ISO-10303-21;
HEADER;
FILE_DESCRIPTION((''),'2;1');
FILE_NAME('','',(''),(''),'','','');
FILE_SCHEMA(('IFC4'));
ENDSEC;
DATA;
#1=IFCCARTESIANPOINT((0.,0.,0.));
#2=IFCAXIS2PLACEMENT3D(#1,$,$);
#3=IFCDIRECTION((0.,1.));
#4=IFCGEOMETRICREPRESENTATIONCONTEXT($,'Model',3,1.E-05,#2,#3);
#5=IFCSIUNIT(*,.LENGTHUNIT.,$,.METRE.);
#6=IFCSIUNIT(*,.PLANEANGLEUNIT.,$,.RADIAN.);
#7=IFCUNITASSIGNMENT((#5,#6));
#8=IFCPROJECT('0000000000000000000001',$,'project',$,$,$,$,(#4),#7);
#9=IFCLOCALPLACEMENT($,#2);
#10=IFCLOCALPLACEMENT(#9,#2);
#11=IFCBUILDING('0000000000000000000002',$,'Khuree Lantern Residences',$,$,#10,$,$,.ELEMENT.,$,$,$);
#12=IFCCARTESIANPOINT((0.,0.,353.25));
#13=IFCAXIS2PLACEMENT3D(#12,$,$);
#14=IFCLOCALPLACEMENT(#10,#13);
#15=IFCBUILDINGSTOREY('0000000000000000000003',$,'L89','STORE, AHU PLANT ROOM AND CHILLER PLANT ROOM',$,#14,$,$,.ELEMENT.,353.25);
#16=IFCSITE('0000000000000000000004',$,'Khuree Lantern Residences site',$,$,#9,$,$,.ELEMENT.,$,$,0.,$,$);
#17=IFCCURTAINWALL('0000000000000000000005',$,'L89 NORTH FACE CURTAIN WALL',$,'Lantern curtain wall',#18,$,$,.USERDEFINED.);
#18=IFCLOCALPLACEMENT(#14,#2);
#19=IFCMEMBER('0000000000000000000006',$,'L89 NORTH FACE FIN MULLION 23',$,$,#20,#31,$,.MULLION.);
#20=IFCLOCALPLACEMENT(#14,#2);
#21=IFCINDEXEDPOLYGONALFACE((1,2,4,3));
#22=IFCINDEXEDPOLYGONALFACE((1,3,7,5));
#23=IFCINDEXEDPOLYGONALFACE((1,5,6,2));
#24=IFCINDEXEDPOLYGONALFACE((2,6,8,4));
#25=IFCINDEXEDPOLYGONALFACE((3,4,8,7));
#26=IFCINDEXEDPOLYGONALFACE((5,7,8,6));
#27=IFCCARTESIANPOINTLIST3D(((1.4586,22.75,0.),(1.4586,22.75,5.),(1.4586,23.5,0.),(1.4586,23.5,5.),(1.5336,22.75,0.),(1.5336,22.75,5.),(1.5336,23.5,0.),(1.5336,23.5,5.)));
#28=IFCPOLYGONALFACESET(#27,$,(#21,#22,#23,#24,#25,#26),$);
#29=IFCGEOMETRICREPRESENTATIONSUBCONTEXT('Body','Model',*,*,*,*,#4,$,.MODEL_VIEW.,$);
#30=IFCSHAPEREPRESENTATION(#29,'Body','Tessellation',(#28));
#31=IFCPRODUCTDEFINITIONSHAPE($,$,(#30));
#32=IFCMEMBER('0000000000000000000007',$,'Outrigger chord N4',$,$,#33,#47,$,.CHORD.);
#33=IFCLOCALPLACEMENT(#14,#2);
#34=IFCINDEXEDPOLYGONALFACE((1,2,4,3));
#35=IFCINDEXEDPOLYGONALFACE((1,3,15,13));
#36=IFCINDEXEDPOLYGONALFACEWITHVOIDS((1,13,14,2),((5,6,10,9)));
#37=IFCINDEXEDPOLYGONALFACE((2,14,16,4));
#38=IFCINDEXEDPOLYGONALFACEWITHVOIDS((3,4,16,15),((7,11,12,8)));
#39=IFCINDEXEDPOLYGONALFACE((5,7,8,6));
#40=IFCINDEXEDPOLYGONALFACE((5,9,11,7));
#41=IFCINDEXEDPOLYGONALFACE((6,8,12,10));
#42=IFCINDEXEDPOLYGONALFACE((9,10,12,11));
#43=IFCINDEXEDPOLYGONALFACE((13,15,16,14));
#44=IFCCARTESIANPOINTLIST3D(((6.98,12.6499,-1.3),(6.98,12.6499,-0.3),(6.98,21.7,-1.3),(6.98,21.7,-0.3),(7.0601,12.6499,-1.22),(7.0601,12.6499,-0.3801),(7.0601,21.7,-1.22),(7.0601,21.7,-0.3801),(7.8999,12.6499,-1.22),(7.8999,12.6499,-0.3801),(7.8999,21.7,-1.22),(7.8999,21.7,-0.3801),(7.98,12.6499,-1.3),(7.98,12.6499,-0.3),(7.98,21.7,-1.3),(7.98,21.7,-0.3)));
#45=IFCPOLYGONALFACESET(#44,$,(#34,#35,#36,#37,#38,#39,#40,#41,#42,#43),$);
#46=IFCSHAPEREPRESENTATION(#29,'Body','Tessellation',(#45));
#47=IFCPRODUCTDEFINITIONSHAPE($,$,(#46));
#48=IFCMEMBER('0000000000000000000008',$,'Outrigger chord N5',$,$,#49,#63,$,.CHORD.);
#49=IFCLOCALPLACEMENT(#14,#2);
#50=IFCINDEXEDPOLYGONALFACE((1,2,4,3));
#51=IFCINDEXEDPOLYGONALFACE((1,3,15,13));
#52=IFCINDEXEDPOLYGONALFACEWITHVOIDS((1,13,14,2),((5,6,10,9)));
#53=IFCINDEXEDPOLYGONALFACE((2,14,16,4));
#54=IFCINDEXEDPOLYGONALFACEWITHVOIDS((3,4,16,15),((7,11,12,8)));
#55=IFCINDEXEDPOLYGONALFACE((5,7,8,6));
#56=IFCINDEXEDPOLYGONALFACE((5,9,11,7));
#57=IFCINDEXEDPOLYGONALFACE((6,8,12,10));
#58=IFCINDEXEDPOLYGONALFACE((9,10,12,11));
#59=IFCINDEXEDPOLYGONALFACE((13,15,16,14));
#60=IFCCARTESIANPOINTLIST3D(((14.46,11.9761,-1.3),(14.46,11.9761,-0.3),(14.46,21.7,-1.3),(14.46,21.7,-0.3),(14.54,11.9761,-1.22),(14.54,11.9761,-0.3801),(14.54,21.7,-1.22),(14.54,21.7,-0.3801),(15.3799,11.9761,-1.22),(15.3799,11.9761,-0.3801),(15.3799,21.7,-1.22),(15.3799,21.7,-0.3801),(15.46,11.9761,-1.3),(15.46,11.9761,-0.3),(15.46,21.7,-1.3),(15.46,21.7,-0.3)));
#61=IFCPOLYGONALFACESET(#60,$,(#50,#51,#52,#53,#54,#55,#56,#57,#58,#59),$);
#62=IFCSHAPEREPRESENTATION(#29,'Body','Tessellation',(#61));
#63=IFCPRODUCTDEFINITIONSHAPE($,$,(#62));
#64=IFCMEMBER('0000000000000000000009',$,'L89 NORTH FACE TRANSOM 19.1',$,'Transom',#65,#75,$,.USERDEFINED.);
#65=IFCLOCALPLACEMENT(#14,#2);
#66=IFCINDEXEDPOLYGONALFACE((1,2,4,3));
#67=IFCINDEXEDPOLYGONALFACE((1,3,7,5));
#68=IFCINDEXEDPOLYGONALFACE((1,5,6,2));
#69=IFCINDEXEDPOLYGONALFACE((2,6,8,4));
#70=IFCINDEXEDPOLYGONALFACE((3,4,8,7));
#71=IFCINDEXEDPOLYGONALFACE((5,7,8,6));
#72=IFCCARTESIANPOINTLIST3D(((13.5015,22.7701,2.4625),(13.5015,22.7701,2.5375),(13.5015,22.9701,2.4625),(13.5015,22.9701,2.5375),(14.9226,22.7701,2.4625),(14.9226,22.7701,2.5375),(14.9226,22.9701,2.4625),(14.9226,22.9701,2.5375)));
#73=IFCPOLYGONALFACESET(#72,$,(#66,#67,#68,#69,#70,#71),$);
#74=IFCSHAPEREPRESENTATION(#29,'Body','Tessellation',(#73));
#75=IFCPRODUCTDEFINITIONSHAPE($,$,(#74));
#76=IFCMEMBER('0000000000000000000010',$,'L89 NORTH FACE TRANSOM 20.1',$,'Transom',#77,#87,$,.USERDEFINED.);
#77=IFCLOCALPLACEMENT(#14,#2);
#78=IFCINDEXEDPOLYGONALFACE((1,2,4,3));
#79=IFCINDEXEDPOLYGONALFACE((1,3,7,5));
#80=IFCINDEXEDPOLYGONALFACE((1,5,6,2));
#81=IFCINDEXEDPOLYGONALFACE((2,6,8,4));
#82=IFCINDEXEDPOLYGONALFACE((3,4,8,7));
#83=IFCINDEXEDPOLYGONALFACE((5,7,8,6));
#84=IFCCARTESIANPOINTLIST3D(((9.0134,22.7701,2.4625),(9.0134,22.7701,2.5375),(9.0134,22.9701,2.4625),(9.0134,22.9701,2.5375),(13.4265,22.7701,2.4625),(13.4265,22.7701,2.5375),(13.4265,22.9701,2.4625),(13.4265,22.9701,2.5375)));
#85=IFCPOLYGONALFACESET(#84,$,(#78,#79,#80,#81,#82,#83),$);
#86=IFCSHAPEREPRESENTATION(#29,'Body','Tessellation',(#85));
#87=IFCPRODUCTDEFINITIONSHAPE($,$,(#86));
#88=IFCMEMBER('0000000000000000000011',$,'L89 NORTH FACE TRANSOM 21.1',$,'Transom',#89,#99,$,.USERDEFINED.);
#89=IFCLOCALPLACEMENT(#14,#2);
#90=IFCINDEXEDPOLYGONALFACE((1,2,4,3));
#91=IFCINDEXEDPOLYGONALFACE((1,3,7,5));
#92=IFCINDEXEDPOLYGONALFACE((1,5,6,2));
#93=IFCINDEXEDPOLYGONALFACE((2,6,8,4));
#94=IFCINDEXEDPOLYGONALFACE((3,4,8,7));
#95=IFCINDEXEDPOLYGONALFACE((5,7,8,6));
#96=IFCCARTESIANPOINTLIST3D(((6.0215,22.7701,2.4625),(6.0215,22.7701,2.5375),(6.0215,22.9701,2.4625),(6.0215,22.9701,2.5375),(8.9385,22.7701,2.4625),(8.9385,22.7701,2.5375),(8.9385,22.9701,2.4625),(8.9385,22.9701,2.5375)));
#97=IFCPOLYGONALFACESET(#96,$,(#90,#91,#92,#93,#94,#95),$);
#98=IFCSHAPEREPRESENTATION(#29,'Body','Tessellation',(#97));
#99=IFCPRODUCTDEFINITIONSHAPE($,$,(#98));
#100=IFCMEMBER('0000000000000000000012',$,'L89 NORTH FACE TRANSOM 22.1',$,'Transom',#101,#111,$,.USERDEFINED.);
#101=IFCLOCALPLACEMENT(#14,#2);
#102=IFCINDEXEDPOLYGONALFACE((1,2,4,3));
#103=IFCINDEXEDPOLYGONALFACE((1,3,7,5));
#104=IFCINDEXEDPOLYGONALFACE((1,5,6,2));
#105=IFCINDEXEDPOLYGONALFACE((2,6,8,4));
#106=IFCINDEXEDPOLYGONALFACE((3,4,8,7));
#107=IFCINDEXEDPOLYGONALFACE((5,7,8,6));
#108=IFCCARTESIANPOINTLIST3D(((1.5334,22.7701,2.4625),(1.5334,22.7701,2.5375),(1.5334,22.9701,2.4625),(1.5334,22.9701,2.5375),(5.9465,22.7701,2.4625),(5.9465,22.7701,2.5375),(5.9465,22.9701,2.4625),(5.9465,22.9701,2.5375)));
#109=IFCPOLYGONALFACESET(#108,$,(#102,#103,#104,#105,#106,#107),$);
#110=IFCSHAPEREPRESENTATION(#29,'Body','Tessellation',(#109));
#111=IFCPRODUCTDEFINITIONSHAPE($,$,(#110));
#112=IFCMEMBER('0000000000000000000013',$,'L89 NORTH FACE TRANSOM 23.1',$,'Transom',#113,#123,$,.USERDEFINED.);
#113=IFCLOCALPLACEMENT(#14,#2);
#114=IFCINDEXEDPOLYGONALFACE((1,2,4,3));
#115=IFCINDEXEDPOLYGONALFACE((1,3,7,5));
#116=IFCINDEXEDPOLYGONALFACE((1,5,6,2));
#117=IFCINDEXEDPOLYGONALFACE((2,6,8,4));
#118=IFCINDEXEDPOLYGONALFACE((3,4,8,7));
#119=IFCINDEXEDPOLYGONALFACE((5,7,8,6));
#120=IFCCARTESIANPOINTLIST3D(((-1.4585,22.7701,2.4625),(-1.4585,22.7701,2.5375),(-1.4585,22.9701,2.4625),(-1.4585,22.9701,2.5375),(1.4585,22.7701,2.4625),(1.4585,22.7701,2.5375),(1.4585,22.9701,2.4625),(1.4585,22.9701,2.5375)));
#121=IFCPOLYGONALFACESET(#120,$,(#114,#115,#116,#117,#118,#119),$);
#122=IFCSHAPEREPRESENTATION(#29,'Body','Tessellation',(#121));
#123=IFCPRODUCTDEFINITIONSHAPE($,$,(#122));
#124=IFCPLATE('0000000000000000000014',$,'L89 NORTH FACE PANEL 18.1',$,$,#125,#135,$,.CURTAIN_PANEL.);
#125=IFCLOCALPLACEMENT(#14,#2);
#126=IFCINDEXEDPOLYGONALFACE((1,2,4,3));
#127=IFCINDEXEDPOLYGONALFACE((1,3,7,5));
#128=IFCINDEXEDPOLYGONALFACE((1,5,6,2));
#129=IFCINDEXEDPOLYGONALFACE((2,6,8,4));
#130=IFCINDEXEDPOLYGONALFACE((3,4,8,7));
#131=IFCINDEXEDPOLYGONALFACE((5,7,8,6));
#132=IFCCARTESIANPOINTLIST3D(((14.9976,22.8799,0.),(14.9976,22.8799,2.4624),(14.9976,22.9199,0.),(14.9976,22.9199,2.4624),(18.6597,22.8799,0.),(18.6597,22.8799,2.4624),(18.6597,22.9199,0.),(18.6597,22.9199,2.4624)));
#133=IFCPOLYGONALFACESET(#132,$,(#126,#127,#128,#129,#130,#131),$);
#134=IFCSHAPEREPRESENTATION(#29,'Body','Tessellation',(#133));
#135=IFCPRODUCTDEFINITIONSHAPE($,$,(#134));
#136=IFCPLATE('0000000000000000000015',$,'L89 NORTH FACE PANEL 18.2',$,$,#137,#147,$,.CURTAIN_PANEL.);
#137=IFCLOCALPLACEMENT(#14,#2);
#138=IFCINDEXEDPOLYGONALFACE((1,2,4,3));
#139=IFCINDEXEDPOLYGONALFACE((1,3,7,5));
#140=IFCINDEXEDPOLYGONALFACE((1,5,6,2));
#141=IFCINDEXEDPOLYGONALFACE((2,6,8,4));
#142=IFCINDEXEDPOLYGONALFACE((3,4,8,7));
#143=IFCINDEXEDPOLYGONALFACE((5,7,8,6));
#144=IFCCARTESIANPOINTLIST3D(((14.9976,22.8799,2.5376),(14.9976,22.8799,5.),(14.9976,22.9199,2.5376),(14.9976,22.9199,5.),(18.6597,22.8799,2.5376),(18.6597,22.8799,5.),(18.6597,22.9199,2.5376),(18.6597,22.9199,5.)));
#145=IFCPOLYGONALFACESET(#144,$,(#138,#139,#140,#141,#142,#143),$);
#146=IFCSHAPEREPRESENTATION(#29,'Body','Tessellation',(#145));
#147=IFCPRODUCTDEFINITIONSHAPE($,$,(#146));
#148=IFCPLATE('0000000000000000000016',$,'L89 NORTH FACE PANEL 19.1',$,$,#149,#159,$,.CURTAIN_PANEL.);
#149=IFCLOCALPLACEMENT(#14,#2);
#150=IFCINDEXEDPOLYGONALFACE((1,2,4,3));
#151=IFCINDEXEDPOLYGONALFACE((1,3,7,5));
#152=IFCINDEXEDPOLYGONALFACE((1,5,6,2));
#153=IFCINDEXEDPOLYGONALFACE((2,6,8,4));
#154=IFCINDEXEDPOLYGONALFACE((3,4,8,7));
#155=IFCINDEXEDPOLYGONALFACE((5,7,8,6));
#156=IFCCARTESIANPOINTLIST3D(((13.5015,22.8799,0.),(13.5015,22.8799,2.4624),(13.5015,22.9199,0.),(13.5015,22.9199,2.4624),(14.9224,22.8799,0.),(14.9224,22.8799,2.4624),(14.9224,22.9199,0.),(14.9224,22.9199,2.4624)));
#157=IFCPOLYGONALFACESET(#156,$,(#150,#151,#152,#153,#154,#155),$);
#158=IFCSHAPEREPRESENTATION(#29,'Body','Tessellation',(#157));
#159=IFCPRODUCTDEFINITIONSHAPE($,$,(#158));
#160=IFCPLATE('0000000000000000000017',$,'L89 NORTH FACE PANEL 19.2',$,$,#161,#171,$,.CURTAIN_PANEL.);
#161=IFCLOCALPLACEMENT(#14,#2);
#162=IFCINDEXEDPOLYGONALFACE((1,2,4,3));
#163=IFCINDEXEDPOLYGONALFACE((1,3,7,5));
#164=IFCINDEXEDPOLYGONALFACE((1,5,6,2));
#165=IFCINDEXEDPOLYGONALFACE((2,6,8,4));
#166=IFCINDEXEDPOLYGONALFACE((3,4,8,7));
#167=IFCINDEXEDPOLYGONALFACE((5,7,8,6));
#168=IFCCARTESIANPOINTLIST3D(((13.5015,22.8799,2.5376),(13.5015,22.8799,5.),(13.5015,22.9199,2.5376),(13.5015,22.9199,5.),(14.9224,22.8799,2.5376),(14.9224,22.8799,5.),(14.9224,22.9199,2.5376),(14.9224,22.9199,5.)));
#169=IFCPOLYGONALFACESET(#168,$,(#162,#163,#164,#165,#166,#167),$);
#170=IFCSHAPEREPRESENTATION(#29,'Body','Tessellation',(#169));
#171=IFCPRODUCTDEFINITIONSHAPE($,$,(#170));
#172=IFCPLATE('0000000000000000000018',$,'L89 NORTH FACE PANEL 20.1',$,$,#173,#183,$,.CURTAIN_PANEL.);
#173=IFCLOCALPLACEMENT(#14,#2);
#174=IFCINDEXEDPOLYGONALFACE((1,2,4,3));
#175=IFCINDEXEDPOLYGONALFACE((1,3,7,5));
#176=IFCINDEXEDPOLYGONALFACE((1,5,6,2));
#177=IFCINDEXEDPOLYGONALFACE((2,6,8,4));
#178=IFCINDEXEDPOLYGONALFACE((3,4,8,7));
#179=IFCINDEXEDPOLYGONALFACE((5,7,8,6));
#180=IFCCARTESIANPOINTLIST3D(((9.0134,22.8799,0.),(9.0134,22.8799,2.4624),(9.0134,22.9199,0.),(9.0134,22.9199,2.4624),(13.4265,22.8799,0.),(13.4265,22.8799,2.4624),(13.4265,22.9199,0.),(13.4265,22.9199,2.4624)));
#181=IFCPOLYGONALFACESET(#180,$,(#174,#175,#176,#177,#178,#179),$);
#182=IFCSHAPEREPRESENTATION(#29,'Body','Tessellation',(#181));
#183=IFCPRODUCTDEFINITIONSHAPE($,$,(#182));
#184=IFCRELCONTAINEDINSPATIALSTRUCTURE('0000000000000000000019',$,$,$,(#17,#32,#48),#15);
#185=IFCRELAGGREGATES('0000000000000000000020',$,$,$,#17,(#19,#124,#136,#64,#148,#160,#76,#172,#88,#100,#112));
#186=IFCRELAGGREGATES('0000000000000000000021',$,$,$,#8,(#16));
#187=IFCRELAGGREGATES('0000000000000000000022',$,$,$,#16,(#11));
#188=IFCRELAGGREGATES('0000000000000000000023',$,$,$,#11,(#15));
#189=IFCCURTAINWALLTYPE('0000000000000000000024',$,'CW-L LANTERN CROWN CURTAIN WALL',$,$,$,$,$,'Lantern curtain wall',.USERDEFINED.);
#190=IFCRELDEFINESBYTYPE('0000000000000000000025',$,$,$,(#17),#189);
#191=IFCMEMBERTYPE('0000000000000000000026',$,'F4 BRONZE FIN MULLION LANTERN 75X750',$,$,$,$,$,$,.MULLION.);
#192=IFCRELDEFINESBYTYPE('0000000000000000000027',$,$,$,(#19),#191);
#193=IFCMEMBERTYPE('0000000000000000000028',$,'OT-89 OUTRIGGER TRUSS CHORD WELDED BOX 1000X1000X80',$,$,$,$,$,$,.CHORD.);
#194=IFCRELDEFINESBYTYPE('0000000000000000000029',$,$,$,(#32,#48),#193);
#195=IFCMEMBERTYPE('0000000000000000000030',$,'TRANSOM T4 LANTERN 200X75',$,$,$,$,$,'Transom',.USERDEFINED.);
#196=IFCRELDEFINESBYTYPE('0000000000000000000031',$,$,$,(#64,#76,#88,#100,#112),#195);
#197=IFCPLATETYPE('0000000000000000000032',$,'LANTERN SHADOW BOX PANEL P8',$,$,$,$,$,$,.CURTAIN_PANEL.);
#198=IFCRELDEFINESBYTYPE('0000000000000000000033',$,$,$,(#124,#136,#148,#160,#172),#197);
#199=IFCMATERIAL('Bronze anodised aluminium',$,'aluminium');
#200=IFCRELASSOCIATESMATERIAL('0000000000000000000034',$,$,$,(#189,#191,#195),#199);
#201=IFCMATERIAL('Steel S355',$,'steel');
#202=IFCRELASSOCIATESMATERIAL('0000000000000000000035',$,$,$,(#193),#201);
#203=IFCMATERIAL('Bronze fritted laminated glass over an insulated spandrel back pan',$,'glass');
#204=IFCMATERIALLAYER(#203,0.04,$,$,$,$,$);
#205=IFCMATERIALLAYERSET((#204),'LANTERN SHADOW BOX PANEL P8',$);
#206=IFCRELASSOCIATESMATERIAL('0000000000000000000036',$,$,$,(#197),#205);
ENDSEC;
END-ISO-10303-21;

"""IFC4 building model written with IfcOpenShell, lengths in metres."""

from ifc_helpers import new_model, si_unit, direction, frame, origin, origin_2d, place, context, subcontext, project, spatial, rectangle, hollow_rectangle, extrude, material, layer, layer_set, material_profile, profile_set, type_object, element, aggregate, save


model = new_model("IFC4")

# Units and contexts
model_context = context("Model", 3, precision=1e-05, world=origin(), true_north=direction((0.0, 1.0)))
body_context = subcontext(model_context, "Body", "Model", "MODEL_VIEW")
ifc_project = project(units=[si_unit("LENGTHUNIT", "METRE"), si_unit("PLANEANGLEUNIT", "RADIAN")], contexts=[model_context])

# Site, building, storey
site_placement = place(None, origin())
site = spatial("IfcSite", under=ifc_project, at=site_placement, Name="Khuree Lantern Residences site", CompositionType="ELEMENT", RefElevation=0.0)
building_placement = place(site_placement, origin())
building = spatial("IfcBuilding", under=site, at=building_placement, Name="Khuree Lantern Residences", CompositionType="ELEMENT")
storey_placement = place(building_placement, frame((0.0, 0.0, 353.25)))
storey = spatial("IfcBuildingStorey", under=building, at=storey_placement, Name="L89", Description="STORE, AHU PLANT ROOM AND CHILLER PLANT ROOM", CompositionType="ELEMENT", Elevation=353.25)

# Shared definitions
ifc_material_1 = material(Name="Steel S355", Category="steel")

# Curtain wall, member
ifc_material_2 = material(Name="Bronze anodised aluminium", Category="aluminium")
curtain_wall_type = type_object("IfcCurtainWallType", Name="CW-L LANTERN CROWN CURTAIN WALL", ElementType="Lantern curtain wall", PredefinedType="USERDEFINED", material=ifc_material_2)
curtain_wall_placement = place(storey_placement, origin())
curtain_wall = element("IfcCurtainWall", 1, at=curtain_wall_placement, inside=storey, type_object=curtain_wall_type, Name="L89 NORTH FACE CURTAIN WALL", ObjectType="Lantern curtain wall", PredefinedType="USERDEFINED")
ifc_material_profile_1 = material_profile(ifc_material_2, rectangle(XDim=0.075, YDim=0.75, at=origin_2d()), Name="F4 75X750")
ifc_profile_set_1 = profile_set([ifc_material_profile_1], Name="Bronze anodised aluminium")
member_type_1 = type_object("IfcMemberType", Name="F4 BRONZE FIN MULLION LANTERN 75X750", PredefinedType="MULLION", material=ifc_profile_set_1)
member_1_placement = place(storey_placement, frame((1.4961, 23.125, 0.0), z_axis=(0.0, 0.0, 1.0), x_axis=(-1.0, 0.0, 0.0)))
member_1 = element("IfcMember", 2, at=member_1_placement, type_object=member_type_1, Name="L89 NORTH FACE FIN MULLION 23", PredefinedType="MULLION", context=body_context, shape_type="SweptSolid", body=[
    extrude(rectangle(XDim=0.075, YDim=0.75, at=origin_2d()), origin(), (0.0, 0.0, 1.0), 5.0),
])

# Members
ifc_material_profile_2 = material_profile(ifc_material_1, hollow_rectangle(XDim=1.0, YDim=1.0, WallThickness=0.0801, at=origin_2d()), Name="WELDED BOX 1000X1000X80")
ifc_profile_set_2 = profile_set([ifc_material_profile_2], Name="Steel S355")
member_type_2 = type_object("IfcMemberType", Name="OT-89 OUTRIGGER TRUSS CHORD WELDED BOX 1000X1000X80", PredefinedType="CHORD", material=ifc_profile_set_2)
member_2_placement = place(storey_placement, frame((7.48, 21.7, -0.8), z_axis=(0.0, -1.0, 0.0), x_axis=(1.0, 0.0, 0.0)))
element("IfcMember", 3, at=member_2_placement, inside=storey, type_object=member_type_2, Name="Outrigger chord N4", PredefinedType="CHORD", context=body_context, shape_type="SweptSolid", body=[
    extrude(hollow_rectangle(XDim=1.0, YDim=1.0, WallThickness=0.0801, at=origin_2d()), origin(), (0.0, 0.0, 1.0), 9.05),
])
member_3_placement = place(storey_placement, frame((14.96, 21.7, -0.8), z_axis=(0.0, -1.0, 0.0), x_axis=(1.0, 0.0, 0.0)))
element("IfcMember", 4, at=member_3_placement, inside=storey, type_object=member_type_2, Name="Outrigger chord N5", PredefinedType="CHORD", context=body_context, shape_type="SweptSolid", body=[
    extrude(hollow_rectangle(XDim=1.0, YDim=1.0, WallThickness=0.0801, at=origin_2d()), origin(), (0.0, 0.0, 1.0), 9.7239),
])

# Members
ifc_material_profile_3 = material_profile(ifc_material_2, rectangle(XDim=0.2, YDim=0.075, at=origin_2d()), Name="T4 200X75")
ifc_profile_set_3 = profile_set([ifc_material_profile_3], Name="Bronze anodised aluminium")
member_type_3 = type_object("IfcMemberType", Name="TRANSOM T4 LANTERN 200X75", ElementType="Transom", PredefinedType="USERDEFINED", material=ifc_profile_set_3)
member_4_placement = place(storey_placement, frame((14.9226, 22.8701, 2.5), z_axis=(-1.0, 0.0, 0.0), x_axis=(0.0, -1.0, 0.0)))
member_4 = element("IfcMember", 5, at=member_4_placement, type_object=member_type_3, Name="L89 NORTH FACE TRANSOM 19.1", ObjectType="Transom", PredefinedType="USERDEFINED", context=body_context, shape_type="SweptSolid", body=[
    extrude(rectangle(XDim=0.2, YDim=0.075, at=origin_2d()), origin(), (0.0, 0.0, 1.0), 1.4211),
])
member_5_placement = place(storey_placement, frame((13.4265, 22.8701, 2.5), z_axis=(-1.0, 0.0, 0.0), x_axis=(0.0, -1.0, 0.0)))
member_5 = element("IfcMember", 6, at=member_5_placement, type_object=member_type_3, Name="L89 NORTH FACE TRANSOM 20.1", ObjectType="Transom", PredefinedType="USERDEFINED", context=body_context, shape_type="SweptSolid", body=[
    extrude(rectangle(XDim=0.2, YDim=0.075, at=origin_2d()), origin(), (0.0, 0.0, 1.0), 4.4131),
])
member_6_placement = place(storey_placement, frame((8.9385, 22.8701, 2.5), z_axis=(-1.0, 0.0, 0.0), x_axis=(0.0, -1.0, 0.0)))
member_6 = element("IfcMember", 7, at=member_6_placement, type_object=member_type_3, Name="L89 NORTH FACE TRANSOM 21.1", ObjectType="Transom", PredefinedType="USERDEFINED", context=body_context, shape_type="SweptSolid", body=[
    extrude(rectangle(XDim=0.2, YDim=0.075, at=origin_2d()), origin(), (0.0, 0.0, 1.0), 2.917),
])
member_7_placement = place(storey_placement, frame((5.9465, 22.8701, 2.5), z_axis=(-1.0, 0.0, 0.0), x_axis=(0.0, -1.0, 0.0)))
member_7 = element("IfcMember", 8, at=member_7_placement, type_object=member_type_3, Name="L89 NORTH FACE TRANSOM 22.1", ObjectType="Transom", PredefinedType="USERDEFINED", context=body_context, shape_type="SweptSolid", body=[
    extrude(rectangle(XDim=0.2, YDim=0.075, at=origin_2d()), origin(), (0.0, 0.0, 1.0), 4.4131),
])
member_8_placement = place(storey_placement, frame((1.4585, 22.8701, 2.5), z_axis=(-1.0, 0.0, 0.0), x_axis=(0.0, -1.0, 0.0)))
member_8 = element("IfcMember", 9, at=member_8_placement, type_object=member_type_3, Name="L89 NORTH FACE TRANSOM 23.1", ObjectType="Transom", PredefinedType="USERDEFINED", context=body_context, shape_type="SweptSolid", body=[
    extrude(rectangle(XDim=0.2, YDim=0.075, at=origin_2d()), origin(), (0.0, 0.0, 1.0), 2.917),
])

# Plates
ifc_material_3 = material(Name="Bronze fritted laminated glass over an insulated spandrel back pan", Category="glass")
ifc_layer = layer(ifc_material_3, 0.04)
ifc_layer_set = layer_set([ifc_layer], Name="LANTERN SHADOW BOX PANEL P8")
plate_type = type_object("IfcPlateType", Name="LANTERN SHADOW BOX PANEL P8", PredefinedType="CURTAIN_PANEL", material=ifc_layer_set)
plate_1_placement = place(storey_placement, frame((16.8286, 22.8999, 0.0), z_axis=(0.0, 0.0, 1.0), x_axis=(-1.0, 0.0, 0.0)))
plate_1 = element("IfcPlate", 10, at=plate_1_placement, type_object=plate_type, Name="L89 NORTH FACE PANEL 18.1", PredefinedType="CURTAIN_PANEL", context=body_context, shape_type="SweptSolid", body=[
    extrude(rectangle(XDim=3.6621, YDim=0.04, at=origin_2d()), origin(), (0.0, 0.0, 1.0), 2.4624),
])
plate_2_placement = place(storey_placement, frame((16.8286, 22.8999, 2.5376), z_axis=(0.0, 0.0, 1.0), x_axis=(-1.0, 0.0, 0.0)))
plate_2 = element("IfcPlate", 11, at=plate_2_placement, type_object=plate_type, Name="L89 NORTH FACE PANEL 18.2", PredefinedType="CURTAIN_PANEL", context=body_context, shape_type="SweptSolid", body=[
    extrude(rectangle(XDim=3.6621, YDim=0.04, at=origin_2d()), origin(), (0.0, 0.0, 1.0), 2.4624),
])
plate_3_placement = place(storey_placement, frame((14.2119, 22.8999, 0.0), z_axis=(0.0, 0.0, 1.0), x_axis=(-1.0, 0.0, 0.0)))
plate_3 = element("IfcPlate", 12, at=plate_3_placement, type_object=plate_type, Name="L89 NORTH FACE PANEL 19.1", PredefinedType="CURTAIN_PANEL", context=body_context, shape_type="SweptSolid", body=[
    extrude(rectangle(XDim=1.4209, YDim=0.04, at=origin_2d()), origin(), (0.0, 0.0, 1.0), 2.4624),
])
plate_4_placement = place(storey_placement, frame((14.2119, 22.8999, 2.5376), z_axis=(0.0, 0.0, 1.0), x_axis=(-1.0, 0.0, 0.0)))
plate_4 = element("IfcPlate", 13, at=plate_4_placement, type_object=plate_type, Name="L89 NORTH FACE PANEL 19.2", PredefinedType="CURTAIN_PANEL", context=body_context, shape_type="SweptSolid", body=[
    extrude(rectangle(XDim=1.4209, YDim=0.04, at=origin_2d()), origin(), (0.0, 0.0, 1.0), 2.4624),
])
plate_5_placement = place(storey_placement, frame((11.22, 22.8999, 0.0), z_axis=(0.0, 0.0, 1.0), x_axis=(-1.0, 0.0, 0.0)))
plate_5 = element("IfcPlate", 14, at=plate_5_placement, type_object=plate_type, Name="L89 NORTH FACE PANEL 20.1", PredefinedType="CURTAIN_PANEL", context=body_context, shape_type="SweptSolid", body=[
    extrude(rectangle(XDim=4.4131, YDim=0.04, at=origin_2d()), origin(), (0.0, 0.0, 1.0), 2.4624),
])
aggregate(curtain_wall, [member_1, plate_1, plate_2, member_4, plate_3, plate_4, member_5, plate_5, member_6, member_7, member_8])

save(model, "model.ifc")
